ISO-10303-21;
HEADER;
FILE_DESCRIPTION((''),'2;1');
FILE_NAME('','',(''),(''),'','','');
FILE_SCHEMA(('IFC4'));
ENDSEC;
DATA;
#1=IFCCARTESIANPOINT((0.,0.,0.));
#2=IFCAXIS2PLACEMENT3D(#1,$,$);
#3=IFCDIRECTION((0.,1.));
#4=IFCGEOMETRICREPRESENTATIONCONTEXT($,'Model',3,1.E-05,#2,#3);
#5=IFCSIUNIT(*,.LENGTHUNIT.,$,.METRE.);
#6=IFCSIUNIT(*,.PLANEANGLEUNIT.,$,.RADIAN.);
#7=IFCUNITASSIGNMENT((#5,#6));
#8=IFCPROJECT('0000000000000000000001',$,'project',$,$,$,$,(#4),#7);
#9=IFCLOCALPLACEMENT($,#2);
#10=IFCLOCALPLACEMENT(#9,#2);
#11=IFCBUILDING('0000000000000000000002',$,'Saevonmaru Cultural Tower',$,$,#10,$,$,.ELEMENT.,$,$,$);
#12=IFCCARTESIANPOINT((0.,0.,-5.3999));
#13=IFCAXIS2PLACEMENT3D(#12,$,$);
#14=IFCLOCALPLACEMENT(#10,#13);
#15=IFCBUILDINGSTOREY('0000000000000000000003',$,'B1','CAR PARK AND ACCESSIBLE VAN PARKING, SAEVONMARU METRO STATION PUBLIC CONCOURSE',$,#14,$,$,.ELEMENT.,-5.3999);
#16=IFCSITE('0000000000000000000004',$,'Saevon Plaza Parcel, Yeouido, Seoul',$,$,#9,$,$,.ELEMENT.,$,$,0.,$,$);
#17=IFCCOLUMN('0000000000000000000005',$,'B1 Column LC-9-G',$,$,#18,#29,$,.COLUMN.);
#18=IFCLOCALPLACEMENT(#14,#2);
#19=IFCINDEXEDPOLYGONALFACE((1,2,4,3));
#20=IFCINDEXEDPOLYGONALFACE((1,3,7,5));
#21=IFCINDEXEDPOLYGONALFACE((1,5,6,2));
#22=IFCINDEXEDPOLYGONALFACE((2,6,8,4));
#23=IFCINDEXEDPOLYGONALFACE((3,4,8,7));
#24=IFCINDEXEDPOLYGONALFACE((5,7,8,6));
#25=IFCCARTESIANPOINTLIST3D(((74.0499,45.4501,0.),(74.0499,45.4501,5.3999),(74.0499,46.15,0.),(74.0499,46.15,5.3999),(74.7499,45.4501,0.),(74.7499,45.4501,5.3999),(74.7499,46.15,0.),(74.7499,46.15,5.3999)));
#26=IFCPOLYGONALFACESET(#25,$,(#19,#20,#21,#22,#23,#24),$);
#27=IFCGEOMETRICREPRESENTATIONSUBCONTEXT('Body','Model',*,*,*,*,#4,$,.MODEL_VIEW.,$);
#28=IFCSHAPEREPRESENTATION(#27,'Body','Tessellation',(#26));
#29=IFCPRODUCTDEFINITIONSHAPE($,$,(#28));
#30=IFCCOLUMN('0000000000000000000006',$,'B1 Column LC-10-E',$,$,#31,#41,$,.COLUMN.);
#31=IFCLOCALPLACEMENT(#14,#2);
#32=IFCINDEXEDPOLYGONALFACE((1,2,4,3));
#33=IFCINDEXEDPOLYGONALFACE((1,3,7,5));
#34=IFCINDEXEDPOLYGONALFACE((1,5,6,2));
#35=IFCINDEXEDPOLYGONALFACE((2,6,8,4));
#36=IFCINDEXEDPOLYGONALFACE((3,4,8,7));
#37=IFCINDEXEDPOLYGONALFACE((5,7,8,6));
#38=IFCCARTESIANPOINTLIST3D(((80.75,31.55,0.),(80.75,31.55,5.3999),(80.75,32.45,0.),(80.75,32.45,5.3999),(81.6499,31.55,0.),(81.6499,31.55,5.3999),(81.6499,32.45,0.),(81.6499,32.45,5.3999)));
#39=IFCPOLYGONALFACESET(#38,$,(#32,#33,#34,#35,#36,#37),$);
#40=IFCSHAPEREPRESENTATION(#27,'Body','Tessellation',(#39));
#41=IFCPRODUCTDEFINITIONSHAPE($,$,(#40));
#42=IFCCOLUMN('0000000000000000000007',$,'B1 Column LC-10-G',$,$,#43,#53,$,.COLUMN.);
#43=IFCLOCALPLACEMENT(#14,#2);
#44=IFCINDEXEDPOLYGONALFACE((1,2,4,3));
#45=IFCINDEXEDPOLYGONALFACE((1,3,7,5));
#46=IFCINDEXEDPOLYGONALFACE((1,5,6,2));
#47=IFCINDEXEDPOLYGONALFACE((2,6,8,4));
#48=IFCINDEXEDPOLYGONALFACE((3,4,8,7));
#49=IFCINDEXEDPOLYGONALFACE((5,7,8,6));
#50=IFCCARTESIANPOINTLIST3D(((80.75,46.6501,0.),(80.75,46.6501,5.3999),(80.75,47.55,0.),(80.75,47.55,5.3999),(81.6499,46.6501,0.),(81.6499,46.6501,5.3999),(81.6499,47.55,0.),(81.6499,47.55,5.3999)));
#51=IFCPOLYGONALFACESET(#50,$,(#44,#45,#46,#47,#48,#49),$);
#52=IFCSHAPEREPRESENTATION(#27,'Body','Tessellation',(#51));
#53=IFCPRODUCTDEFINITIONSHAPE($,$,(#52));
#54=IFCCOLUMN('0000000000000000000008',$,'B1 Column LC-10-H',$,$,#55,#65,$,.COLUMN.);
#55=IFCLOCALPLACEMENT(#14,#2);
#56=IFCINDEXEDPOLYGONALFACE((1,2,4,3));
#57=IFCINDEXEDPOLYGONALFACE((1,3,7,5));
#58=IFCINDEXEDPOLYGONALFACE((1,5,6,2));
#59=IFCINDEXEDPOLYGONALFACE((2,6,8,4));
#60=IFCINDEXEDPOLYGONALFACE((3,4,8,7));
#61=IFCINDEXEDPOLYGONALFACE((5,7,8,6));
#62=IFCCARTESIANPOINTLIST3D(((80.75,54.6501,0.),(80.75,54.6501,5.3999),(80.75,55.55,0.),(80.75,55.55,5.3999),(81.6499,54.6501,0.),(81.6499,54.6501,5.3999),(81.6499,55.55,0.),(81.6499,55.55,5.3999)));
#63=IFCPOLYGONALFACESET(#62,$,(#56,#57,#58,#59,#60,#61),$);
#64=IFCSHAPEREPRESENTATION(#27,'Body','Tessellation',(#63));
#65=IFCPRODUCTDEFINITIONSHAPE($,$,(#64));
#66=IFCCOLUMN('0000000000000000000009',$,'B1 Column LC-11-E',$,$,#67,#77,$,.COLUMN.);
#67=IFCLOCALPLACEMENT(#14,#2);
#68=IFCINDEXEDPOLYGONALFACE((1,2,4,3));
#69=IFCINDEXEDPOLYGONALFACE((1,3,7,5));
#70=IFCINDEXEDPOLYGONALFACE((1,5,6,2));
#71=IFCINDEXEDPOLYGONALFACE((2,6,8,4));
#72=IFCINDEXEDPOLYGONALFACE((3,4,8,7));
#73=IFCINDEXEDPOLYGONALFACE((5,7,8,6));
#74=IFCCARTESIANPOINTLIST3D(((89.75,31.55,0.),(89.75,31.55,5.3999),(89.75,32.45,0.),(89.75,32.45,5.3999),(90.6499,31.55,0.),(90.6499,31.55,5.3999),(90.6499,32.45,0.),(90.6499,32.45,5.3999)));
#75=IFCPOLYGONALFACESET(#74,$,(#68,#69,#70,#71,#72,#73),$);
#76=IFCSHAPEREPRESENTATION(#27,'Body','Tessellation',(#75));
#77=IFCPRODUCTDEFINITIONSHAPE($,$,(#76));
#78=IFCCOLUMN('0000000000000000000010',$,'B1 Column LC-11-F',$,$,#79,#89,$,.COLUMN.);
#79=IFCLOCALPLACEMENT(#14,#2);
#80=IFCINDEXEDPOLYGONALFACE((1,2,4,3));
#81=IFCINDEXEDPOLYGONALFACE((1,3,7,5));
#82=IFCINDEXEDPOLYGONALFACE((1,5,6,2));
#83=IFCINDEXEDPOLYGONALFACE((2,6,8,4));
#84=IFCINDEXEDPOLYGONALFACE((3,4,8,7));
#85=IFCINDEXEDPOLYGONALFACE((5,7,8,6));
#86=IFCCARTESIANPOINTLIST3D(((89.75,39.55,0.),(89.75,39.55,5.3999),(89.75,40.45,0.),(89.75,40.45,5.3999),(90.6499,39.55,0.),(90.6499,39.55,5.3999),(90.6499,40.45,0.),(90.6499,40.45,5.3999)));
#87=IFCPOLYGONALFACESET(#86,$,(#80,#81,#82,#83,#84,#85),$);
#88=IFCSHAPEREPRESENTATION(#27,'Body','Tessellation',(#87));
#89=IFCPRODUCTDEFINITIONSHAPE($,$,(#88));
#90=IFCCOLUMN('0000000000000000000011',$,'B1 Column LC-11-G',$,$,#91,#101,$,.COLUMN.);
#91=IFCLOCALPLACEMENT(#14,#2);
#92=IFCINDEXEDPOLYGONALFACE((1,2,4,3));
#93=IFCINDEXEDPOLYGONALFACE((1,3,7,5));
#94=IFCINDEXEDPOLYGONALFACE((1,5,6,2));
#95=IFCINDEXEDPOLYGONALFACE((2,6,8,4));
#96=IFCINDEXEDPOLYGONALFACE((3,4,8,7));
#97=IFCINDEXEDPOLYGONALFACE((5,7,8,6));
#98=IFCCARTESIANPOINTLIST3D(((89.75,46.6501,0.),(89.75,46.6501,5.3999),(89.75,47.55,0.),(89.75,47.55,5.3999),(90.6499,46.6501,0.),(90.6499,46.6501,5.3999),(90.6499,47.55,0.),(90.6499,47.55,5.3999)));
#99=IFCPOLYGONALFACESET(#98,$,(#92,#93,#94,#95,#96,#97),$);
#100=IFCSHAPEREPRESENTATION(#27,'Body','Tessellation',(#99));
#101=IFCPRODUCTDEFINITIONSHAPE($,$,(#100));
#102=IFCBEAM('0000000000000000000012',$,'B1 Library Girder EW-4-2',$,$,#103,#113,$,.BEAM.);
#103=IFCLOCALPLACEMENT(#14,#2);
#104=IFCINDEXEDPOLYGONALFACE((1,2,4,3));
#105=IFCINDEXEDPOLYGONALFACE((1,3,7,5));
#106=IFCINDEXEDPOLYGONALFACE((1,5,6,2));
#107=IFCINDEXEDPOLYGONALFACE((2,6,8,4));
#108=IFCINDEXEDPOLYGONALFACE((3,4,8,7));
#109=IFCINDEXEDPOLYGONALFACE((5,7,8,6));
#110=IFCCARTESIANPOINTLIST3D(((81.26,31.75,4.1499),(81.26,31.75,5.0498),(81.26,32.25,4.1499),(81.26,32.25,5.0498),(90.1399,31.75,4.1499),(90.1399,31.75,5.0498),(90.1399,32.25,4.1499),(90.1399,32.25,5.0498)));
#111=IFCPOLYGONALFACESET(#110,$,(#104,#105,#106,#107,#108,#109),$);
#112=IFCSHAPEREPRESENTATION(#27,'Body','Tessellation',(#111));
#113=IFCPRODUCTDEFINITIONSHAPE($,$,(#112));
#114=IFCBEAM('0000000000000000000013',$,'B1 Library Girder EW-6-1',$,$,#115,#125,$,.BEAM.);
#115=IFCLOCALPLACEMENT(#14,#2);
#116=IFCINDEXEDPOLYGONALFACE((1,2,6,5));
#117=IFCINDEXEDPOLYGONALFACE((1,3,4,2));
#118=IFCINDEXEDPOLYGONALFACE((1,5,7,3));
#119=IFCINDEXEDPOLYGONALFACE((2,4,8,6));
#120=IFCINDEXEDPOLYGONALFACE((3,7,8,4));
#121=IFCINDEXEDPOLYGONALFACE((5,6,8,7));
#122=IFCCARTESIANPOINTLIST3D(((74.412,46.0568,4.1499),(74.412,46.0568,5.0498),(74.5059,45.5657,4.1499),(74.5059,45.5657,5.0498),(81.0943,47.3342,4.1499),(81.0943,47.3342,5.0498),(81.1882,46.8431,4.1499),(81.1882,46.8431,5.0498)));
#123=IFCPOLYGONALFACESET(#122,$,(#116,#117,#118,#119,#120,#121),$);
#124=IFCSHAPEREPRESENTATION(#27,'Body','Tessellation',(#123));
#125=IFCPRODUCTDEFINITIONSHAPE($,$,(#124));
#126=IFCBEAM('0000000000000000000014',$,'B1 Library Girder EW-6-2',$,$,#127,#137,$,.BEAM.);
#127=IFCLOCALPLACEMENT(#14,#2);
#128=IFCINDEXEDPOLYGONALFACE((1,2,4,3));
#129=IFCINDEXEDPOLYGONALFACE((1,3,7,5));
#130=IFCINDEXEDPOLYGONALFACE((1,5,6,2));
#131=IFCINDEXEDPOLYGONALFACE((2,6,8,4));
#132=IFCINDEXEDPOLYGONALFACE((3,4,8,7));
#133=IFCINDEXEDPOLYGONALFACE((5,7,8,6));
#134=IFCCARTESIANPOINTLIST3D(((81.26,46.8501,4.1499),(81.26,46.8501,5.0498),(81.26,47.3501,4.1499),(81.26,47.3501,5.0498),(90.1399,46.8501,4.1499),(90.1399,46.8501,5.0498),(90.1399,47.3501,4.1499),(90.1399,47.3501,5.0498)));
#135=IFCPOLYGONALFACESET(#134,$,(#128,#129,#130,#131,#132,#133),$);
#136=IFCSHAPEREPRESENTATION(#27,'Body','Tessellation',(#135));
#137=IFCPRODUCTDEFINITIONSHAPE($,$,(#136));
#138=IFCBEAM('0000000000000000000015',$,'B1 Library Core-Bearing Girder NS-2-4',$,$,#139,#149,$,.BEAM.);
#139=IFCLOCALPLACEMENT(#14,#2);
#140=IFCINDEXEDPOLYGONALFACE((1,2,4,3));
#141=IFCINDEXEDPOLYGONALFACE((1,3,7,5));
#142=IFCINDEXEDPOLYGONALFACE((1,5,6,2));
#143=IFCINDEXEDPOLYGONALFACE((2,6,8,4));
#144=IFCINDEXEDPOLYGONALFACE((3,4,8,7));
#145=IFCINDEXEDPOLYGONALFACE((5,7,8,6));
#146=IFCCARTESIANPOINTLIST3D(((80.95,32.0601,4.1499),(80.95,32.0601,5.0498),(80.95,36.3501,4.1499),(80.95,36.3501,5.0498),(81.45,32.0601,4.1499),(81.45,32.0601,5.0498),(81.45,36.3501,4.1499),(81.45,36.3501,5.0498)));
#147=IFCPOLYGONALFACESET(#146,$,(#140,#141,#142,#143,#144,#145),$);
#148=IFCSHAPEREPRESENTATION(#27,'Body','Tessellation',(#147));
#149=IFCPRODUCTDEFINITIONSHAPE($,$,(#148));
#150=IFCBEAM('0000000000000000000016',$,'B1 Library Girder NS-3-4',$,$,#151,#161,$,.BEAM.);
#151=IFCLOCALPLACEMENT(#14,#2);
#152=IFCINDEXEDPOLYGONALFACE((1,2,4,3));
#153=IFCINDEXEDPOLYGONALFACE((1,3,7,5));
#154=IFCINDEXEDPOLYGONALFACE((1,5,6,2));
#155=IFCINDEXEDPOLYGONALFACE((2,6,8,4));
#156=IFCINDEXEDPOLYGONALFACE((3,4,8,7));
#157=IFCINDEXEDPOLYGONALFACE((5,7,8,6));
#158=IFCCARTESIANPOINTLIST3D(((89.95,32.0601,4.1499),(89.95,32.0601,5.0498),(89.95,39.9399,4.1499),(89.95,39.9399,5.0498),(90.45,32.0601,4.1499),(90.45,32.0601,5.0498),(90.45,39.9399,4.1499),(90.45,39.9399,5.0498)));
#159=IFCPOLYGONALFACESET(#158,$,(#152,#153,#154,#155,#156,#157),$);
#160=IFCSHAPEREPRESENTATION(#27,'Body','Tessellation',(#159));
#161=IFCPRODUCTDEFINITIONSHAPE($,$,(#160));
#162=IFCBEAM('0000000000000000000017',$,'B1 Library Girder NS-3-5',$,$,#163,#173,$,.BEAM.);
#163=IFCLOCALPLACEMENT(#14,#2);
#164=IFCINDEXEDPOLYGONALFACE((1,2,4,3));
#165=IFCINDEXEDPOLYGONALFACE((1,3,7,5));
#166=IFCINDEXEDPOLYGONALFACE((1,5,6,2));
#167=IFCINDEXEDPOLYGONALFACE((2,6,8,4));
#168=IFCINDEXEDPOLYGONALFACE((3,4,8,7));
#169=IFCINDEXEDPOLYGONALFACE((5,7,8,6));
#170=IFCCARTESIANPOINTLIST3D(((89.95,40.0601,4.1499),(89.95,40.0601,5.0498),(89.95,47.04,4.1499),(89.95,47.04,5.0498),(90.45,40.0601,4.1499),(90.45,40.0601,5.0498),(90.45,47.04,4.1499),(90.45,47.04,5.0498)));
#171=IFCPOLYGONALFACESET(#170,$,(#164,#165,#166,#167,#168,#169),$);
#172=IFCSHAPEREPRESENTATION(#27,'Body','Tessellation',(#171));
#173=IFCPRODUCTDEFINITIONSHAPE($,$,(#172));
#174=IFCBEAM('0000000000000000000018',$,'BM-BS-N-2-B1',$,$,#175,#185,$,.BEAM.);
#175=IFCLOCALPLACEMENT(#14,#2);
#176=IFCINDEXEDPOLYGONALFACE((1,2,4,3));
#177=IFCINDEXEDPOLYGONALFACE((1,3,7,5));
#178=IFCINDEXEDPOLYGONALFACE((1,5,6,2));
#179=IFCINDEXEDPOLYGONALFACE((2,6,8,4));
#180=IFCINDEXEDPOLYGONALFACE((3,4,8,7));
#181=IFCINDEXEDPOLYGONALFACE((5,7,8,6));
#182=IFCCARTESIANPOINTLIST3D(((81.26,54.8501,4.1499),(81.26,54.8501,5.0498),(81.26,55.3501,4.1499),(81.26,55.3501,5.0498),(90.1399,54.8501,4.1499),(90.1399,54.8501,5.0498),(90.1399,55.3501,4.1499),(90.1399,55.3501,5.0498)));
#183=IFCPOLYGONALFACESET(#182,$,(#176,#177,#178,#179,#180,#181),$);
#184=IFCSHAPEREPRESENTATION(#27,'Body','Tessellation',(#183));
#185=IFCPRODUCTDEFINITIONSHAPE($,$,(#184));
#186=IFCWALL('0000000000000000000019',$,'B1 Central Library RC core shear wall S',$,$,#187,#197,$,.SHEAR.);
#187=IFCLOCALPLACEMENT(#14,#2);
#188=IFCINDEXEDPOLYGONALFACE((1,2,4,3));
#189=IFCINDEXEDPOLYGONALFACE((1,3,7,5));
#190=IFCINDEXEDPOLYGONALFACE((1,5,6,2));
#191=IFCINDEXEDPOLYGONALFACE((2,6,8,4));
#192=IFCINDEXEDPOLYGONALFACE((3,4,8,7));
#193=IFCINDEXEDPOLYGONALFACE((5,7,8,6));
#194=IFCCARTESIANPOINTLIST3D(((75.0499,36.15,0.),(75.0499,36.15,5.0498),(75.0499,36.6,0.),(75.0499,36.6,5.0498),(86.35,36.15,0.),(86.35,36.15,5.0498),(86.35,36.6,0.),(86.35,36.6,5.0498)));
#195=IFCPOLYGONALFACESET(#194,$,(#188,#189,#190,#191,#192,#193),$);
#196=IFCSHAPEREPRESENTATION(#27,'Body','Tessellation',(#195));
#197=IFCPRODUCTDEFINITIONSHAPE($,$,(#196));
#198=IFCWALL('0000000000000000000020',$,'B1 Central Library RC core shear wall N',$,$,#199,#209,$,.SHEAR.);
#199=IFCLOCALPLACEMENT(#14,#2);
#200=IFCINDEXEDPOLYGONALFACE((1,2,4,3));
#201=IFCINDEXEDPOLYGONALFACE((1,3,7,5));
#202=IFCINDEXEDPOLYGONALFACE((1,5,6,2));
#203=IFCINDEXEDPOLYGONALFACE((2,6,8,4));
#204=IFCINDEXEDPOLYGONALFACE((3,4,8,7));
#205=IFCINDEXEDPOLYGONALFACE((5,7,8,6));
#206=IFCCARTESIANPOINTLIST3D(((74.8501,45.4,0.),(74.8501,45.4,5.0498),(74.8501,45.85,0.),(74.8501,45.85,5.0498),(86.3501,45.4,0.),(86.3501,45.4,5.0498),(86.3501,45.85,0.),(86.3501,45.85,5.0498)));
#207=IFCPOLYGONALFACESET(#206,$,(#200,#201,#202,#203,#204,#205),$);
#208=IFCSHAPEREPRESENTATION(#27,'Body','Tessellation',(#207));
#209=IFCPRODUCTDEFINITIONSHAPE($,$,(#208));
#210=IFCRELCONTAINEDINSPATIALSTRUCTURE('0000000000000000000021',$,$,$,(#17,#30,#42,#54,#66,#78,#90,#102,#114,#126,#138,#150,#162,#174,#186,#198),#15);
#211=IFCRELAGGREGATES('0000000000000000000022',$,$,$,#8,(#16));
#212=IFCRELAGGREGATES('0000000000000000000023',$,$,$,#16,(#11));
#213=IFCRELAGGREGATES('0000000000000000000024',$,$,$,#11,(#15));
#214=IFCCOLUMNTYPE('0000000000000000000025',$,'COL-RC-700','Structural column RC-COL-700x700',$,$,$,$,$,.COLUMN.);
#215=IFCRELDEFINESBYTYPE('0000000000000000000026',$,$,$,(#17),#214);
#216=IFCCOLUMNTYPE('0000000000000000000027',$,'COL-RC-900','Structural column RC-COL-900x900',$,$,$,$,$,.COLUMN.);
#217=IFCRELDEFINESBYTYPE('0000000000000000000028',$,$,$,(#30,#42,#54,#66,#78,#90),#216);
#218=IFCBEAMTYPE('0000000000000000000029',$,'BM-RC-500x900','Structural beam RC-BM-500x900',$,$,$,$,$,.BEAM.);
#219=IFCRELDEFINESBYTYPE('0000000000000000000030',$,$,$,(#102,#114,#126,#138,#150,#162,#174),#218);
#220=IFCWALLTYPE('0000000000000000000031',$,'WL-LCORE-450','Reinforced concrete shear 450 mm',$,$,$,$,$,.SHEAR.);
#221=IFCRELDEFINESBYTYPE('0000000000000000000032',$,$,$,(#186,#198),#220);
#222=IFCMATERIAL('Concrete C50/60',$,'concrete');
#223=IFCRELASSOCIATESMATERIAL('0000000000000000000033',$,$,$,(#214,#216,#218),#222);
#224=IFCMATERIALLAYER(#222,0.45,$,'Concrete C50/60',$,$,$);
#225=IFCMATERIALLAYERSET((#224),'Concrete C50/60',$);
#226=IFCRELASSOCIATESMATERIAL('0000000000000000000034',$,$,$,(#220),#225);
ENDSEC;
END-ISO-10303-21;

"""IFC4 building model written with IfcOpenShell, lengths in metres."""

from ifc_helpers import new_model, si_unit, direction, frame, frame_2d, origin, origin_2d, place, context, subcontext, project, spatial, rectangle, extrude, material, layer, layer_set, material_profile, profile_set, type_object, element, save


model = new_model("IFC4")

# Units and contexts
model_context = context("Model", 3, precision=1e-05, world=origin(), true_north=direction((0.0, 1.0)))
body_context = subcontext(model_context, "Body", "Model", "MODEL_VIEW")
ifc_project = project(units=[si_unit("LENGTHUNIT", "METRE"), si_unit("PLANEANGLEUNIT", "RADIAN")], contexts=[model_context])

# Site, building, storey
site_placement = place(None, origin())
site = spatial("IfcSite", under=ifc_project, at=site_placement, Name="Saevon Plaza Parcel, Yeouido, Seoul", CompositionType="ELEMENT", RefElevation=0.0)
building_placement = place(site_placement, origin())
building = spatial("IfcBuilding", under=site, at=building_placement, Name="Saevonmaru Cultural Tower", CompositionType="ELEMENT")
storey_placement = place(building_placement, frame((0.0, 0.0, -5.3999)))
storey = spatial("IfcBuildingStorey", under=building, at=storey_placement, Name="B1", Description="CAR PARK AND ACCESSIBLE VAN PARKING, SAEVONMARU METRO STATION PUBLIC CONCOURSE", CompositionType="ELEMENT", Elevation=-5.3999)

# Columns
ifc_material_1 = material(Name="Concrete C50/60", Category="concrete")
ifc_material_profile_1 = material_profile(ifc_material_1, rectangle(XDim=0.7, YDim=0.7, at=origin_2d()), Name="RC-COL-700x700")
ifc_profile_set_1 = profile_set([ifc_material_profile_1], Name="Concrete C50/60")
column_type_1 = type_object("IfcColumnType", Name="COL-RC-700", Description="Structural column RC-COL-700x700", PredefinedType="COLUMN", material=ifc_profile_set_1)
column_placement = place(storey_placement, frame((74.3999, 45.8, 0.0), z_axis=(0.0, 0.0, 1.0), x_axis=(1.0, 0.0, 0.0)))
element("IfcColumn", 1, at=column_placement, inside=storey, type_object=column_type_1, Name="B1 Column LC-9-G", PredefinedType="COLUMN", context=body_context, shape_type="SweptSolid", body=[
    extrude(rectangle(XDim=0.7, YDim=0.7, at=origin_2d()), origin(), (0.0, 0.0, 1.0), 5.3999),
])
ifc_material_profile_2 = material_profile(ifc_material_1, rectangle(XDim=0.8999, YDim=0.8999, at=origin_2d()), Name="RC-COL-900x900")
ifc_profile_set_2 = profile_set([ifc_material_profile_2], Name="Concrete C50/60")
column_type_2 = type_object("IfcColumnType", Name="COL-RC-900", Description="Structural column RC-COL-900x900", PredefinedType="COLUMN", material=ifc_profile_set_2)
for number, where, z_axis, x_axis, name in (
    (2, (81.2, 32.0, 0.0), (0.0, 0.0, 1.0), (1.0, 0.0, 0.0), "B1 Column LC-10-E"),
    (3, (81.2, 47.1001, 0.0), (0.0, 0.0, 1.0), (1.0, 0.0, 0.0), "B1 Column LC-10-G"),
    (4, (81.2, 55.1001, 0.0), (0.0, 0.0, 1.0), (1.0, 0.0, 0.0), "B1 Column LC-10-H"),
    (5, (90.2, 32.0, 0.0), (0.0, 0.0, 1.0), (1.0, 0.0, 0.0), "B1 Column LC-11-E"),
    (6, (90.2, 40.0, 0.0), (0.0, 0.0, 1.0), (1.0, 0.0, 0.0), "B1 Column LC-11-F"),
    (7, (90.2, 47.1001, 0.0), (0.0, 0.0, 1.0), (1.0, 0.0, 0.0), "B1 Column LC-11-G"),
):
    element("IfcColumn", number, at=place(storey_placement, frame(where, z_axis=z_axis, x_axis=x_axis)), inside=storey, type_object=column_type_2, Name=name, PredefinedType="COLUMN", context=body_context, shape_type="SweptSolid", body=[
        extrude(rectangle(XDim=0.8999, YDim=0.8999, at=origin_2d()), origin(), (0.0, 0.0, 1.0), 5.3999),
    ])

# Beams
ifc_material_profile_3 = material_profile(ifc_material_1, rectangle(XDim=0.5, YDim=0.8999, at=origin_2d()), Name="RC-BM-500x900")
ifc_profile_set_3 = profile_set([ifc_material_profile_3], Name="Concrete C50/60")
beam_type = type_object("IfcBeamType", Name="BM-RC-500x900", Description="Structural beam RC-BM-500x900", PredefinedType="BEAM", material=ifc_profile_set_3)
beam_1_placement = place(storey_placement, frame((81.26, 32.0, 4.5999), z_axis=(1.0, 0.0, 0.0), x_axis=(0.0, 1.0, 0.0)))
element("IfcBeam", 8, at=beam_1_placement, inside=storey, type_object=beam_type, Name="B1 Library Girder EW-4-2", PredefinedType="BEAM", context=body_context, shape_type="SweptSolid", body=[
    extrude(rectangle(XDim=0.5, YDim=0.8999, at=origin_2d()), origin(), (0.0, 0.0, 1.0), 8.8799),
])
beam_2_placement = place(storey_placement, frame((74.459, 45.8113, 4.5999), z_axis=(0.982215, 0.187758, 0.0), x_axis=(-0.187758, 0.982215, 0.0)))
element("IfcBeam", 9, at=beam_2_placement, inside=storey, type_object=beam_type, Name="B1 Library Girder EW-6-1", PredefinedType="BEAM", context=body_context, shape_type="SweptSolid", body=[
    extrude(rectangle(XDim=0.5, YDim=0.8999, at=origin_2d()), origin(), (0.0, 0.0, 1.0), 6.8032),
])
beam_3_placement = place(storey_placement, frame((81.26, 47.1001, 4.5999), z_axis=(1.0, 0.0, 0.0), x_axis=(0.0, 1.0, 0.0)))
element("IfcBeam", 10, at=beam_3_placement, inside=storey, type_object=beam_type, Name="B1 Library Girder EW-6-2", PredefinedType="BEAM", context=body_context, shape_type="SweptSolid", body=[
    extrude(rectangle(XDim=0.5, YDim=0.8999, at=origin_2d()), origin(), (0.0, 0.0, 1.0), 8.8799),
])
beam_4_placement = place(storey_placement, frame((81.2, 32.0601, 4.5999), z_axis=(0.0, 1.0, 0.0), x_axis=(-1.0, 0.0, 0.0)))
element("IfcBeam", 11, at=beam_4_placement, inside=storey, type_object=beam_type, Name="B1 Library Core-Bearing Girder NS-2-4", PredefinedType="BEAM", context=body_context, shape_type="SweptSolid", body=[
    extrude(rectangle(XDim=0.5, YDim=0.8999, at=origin_2d()), origin(), (0.0, 0.0, 1.0), 4.29),
])
beam_5_placement = place(storey_placement, frame((90.2, 32.0601, 4.5999), z_axis=(0.0, 1.0, 0.0), x_axis=(-1.0, 0.0, 0.0)))
element("IfcBeam", 12, at=beam_5_placement, inside=storey, type_object=beam_type, Name="B1 Library Girder NS-3-4", PredefinedType="BEAM", context=body_context, shape_type="SweptSolid", body=[
    extrude(rectangle(XDim=0.5, YDim=0.8999, at=origin_2d()), origin(), (0.0, 0.0, 1.0), 7.8799),
])
beam_6_placement = place(storey_placement, frame((90.2, 40.0601, 4.5999), z_axis=(0.0, 1.0, 0.0), x_axis=(-1.0, 0.0, 0.0)))
element("IfcBeam", 13, at=beam_6_placement, inside=storey, type_object=beam_type, Name="B1 Library Girder NS-3-5", PredefinedType="BEAM", context=body_context, shape_type="SweptSolid", body=[
    extrude(rectangle(XDim=0.5, YDim=0.8999, at=origin_2d()), origin(), (0.0, 0.0, 1.0), 6.98),
])
beam_7_placement = place(storey_placement, frame((81.26, 55.1001, 4.5999), z_axis=(1.0, 0.0, 0.0), x_axis=(0.0, 1.0, 0.0)))
element("IfcBeam", 14, at=beam_7_placement, inside=storey, type_object=beam_type, Name="BM-BS-N-2-B1", PredefinedType="BEAM", context=body_context, shape_type="SweptSolid", body=[
    extrude(rectangle(XDim=0.5, YDim=0.8999, at=origin_2d()), origin(), (0.0, 0.0, 1.0), 8.8799),
])

# Walls
ifc_layer_1 = layer(ifc_material_1, 0.45, Name="Concrete C50/60")
ifc_layer_set_1 = layer_set([ifc_layer_1], Name="Concrete C50/60")
wall_type_1 = type_object("IfcWallType", Name="WL-LCORE-450", Description="Reinforced concrete shear 450 mm", PredefinedType="SHEAR", material=ifc_layer_set_1)
wall_1_placement = place(storey_placement, frame((75.05, 36.375, 0.0), z_axis=(0.0, 0.0, 1.0), x_axis=(1.0, 0.0, 0.0)))
element("IfcWall", 15, at=wall_1_placement, inside=storey, type_object=wall_type_1, Name="B1 Central Library RC core shear wall S", PredefinedType="SHEAR", context=body_context, shape_type="SweptSolid", body=[
    extrude(rectangle(XDim=11.3, YDim=0.45, at=frame_2d((5.6499, 0.0))), origin(), (0.0, 0.0, 1.0), 5.0498),
])
wall_2_placement = place(storey_placement, frame((74.8501, 45.625, 0.0), z_axis=(0.0, 0.0, 1.0), x_axis=(1.0, 0.0, 0.0)))
element("IfcWall", 16, at=wall_2_placement, inside=storey, type_object=wall_type_1, Name="B1 Central Library RC core shear wall N", PredefinedType="SHEAR", context=body_context, shape_type="SweptSolid", body=[
    extrude(rectangle(XDim=11.5, YDim=0.45, at=frame_2d((5.75, 0.0))), origin(), (0.0, 0.0, 1.0), 5.0498),
])

save(model, "model.ifc")
